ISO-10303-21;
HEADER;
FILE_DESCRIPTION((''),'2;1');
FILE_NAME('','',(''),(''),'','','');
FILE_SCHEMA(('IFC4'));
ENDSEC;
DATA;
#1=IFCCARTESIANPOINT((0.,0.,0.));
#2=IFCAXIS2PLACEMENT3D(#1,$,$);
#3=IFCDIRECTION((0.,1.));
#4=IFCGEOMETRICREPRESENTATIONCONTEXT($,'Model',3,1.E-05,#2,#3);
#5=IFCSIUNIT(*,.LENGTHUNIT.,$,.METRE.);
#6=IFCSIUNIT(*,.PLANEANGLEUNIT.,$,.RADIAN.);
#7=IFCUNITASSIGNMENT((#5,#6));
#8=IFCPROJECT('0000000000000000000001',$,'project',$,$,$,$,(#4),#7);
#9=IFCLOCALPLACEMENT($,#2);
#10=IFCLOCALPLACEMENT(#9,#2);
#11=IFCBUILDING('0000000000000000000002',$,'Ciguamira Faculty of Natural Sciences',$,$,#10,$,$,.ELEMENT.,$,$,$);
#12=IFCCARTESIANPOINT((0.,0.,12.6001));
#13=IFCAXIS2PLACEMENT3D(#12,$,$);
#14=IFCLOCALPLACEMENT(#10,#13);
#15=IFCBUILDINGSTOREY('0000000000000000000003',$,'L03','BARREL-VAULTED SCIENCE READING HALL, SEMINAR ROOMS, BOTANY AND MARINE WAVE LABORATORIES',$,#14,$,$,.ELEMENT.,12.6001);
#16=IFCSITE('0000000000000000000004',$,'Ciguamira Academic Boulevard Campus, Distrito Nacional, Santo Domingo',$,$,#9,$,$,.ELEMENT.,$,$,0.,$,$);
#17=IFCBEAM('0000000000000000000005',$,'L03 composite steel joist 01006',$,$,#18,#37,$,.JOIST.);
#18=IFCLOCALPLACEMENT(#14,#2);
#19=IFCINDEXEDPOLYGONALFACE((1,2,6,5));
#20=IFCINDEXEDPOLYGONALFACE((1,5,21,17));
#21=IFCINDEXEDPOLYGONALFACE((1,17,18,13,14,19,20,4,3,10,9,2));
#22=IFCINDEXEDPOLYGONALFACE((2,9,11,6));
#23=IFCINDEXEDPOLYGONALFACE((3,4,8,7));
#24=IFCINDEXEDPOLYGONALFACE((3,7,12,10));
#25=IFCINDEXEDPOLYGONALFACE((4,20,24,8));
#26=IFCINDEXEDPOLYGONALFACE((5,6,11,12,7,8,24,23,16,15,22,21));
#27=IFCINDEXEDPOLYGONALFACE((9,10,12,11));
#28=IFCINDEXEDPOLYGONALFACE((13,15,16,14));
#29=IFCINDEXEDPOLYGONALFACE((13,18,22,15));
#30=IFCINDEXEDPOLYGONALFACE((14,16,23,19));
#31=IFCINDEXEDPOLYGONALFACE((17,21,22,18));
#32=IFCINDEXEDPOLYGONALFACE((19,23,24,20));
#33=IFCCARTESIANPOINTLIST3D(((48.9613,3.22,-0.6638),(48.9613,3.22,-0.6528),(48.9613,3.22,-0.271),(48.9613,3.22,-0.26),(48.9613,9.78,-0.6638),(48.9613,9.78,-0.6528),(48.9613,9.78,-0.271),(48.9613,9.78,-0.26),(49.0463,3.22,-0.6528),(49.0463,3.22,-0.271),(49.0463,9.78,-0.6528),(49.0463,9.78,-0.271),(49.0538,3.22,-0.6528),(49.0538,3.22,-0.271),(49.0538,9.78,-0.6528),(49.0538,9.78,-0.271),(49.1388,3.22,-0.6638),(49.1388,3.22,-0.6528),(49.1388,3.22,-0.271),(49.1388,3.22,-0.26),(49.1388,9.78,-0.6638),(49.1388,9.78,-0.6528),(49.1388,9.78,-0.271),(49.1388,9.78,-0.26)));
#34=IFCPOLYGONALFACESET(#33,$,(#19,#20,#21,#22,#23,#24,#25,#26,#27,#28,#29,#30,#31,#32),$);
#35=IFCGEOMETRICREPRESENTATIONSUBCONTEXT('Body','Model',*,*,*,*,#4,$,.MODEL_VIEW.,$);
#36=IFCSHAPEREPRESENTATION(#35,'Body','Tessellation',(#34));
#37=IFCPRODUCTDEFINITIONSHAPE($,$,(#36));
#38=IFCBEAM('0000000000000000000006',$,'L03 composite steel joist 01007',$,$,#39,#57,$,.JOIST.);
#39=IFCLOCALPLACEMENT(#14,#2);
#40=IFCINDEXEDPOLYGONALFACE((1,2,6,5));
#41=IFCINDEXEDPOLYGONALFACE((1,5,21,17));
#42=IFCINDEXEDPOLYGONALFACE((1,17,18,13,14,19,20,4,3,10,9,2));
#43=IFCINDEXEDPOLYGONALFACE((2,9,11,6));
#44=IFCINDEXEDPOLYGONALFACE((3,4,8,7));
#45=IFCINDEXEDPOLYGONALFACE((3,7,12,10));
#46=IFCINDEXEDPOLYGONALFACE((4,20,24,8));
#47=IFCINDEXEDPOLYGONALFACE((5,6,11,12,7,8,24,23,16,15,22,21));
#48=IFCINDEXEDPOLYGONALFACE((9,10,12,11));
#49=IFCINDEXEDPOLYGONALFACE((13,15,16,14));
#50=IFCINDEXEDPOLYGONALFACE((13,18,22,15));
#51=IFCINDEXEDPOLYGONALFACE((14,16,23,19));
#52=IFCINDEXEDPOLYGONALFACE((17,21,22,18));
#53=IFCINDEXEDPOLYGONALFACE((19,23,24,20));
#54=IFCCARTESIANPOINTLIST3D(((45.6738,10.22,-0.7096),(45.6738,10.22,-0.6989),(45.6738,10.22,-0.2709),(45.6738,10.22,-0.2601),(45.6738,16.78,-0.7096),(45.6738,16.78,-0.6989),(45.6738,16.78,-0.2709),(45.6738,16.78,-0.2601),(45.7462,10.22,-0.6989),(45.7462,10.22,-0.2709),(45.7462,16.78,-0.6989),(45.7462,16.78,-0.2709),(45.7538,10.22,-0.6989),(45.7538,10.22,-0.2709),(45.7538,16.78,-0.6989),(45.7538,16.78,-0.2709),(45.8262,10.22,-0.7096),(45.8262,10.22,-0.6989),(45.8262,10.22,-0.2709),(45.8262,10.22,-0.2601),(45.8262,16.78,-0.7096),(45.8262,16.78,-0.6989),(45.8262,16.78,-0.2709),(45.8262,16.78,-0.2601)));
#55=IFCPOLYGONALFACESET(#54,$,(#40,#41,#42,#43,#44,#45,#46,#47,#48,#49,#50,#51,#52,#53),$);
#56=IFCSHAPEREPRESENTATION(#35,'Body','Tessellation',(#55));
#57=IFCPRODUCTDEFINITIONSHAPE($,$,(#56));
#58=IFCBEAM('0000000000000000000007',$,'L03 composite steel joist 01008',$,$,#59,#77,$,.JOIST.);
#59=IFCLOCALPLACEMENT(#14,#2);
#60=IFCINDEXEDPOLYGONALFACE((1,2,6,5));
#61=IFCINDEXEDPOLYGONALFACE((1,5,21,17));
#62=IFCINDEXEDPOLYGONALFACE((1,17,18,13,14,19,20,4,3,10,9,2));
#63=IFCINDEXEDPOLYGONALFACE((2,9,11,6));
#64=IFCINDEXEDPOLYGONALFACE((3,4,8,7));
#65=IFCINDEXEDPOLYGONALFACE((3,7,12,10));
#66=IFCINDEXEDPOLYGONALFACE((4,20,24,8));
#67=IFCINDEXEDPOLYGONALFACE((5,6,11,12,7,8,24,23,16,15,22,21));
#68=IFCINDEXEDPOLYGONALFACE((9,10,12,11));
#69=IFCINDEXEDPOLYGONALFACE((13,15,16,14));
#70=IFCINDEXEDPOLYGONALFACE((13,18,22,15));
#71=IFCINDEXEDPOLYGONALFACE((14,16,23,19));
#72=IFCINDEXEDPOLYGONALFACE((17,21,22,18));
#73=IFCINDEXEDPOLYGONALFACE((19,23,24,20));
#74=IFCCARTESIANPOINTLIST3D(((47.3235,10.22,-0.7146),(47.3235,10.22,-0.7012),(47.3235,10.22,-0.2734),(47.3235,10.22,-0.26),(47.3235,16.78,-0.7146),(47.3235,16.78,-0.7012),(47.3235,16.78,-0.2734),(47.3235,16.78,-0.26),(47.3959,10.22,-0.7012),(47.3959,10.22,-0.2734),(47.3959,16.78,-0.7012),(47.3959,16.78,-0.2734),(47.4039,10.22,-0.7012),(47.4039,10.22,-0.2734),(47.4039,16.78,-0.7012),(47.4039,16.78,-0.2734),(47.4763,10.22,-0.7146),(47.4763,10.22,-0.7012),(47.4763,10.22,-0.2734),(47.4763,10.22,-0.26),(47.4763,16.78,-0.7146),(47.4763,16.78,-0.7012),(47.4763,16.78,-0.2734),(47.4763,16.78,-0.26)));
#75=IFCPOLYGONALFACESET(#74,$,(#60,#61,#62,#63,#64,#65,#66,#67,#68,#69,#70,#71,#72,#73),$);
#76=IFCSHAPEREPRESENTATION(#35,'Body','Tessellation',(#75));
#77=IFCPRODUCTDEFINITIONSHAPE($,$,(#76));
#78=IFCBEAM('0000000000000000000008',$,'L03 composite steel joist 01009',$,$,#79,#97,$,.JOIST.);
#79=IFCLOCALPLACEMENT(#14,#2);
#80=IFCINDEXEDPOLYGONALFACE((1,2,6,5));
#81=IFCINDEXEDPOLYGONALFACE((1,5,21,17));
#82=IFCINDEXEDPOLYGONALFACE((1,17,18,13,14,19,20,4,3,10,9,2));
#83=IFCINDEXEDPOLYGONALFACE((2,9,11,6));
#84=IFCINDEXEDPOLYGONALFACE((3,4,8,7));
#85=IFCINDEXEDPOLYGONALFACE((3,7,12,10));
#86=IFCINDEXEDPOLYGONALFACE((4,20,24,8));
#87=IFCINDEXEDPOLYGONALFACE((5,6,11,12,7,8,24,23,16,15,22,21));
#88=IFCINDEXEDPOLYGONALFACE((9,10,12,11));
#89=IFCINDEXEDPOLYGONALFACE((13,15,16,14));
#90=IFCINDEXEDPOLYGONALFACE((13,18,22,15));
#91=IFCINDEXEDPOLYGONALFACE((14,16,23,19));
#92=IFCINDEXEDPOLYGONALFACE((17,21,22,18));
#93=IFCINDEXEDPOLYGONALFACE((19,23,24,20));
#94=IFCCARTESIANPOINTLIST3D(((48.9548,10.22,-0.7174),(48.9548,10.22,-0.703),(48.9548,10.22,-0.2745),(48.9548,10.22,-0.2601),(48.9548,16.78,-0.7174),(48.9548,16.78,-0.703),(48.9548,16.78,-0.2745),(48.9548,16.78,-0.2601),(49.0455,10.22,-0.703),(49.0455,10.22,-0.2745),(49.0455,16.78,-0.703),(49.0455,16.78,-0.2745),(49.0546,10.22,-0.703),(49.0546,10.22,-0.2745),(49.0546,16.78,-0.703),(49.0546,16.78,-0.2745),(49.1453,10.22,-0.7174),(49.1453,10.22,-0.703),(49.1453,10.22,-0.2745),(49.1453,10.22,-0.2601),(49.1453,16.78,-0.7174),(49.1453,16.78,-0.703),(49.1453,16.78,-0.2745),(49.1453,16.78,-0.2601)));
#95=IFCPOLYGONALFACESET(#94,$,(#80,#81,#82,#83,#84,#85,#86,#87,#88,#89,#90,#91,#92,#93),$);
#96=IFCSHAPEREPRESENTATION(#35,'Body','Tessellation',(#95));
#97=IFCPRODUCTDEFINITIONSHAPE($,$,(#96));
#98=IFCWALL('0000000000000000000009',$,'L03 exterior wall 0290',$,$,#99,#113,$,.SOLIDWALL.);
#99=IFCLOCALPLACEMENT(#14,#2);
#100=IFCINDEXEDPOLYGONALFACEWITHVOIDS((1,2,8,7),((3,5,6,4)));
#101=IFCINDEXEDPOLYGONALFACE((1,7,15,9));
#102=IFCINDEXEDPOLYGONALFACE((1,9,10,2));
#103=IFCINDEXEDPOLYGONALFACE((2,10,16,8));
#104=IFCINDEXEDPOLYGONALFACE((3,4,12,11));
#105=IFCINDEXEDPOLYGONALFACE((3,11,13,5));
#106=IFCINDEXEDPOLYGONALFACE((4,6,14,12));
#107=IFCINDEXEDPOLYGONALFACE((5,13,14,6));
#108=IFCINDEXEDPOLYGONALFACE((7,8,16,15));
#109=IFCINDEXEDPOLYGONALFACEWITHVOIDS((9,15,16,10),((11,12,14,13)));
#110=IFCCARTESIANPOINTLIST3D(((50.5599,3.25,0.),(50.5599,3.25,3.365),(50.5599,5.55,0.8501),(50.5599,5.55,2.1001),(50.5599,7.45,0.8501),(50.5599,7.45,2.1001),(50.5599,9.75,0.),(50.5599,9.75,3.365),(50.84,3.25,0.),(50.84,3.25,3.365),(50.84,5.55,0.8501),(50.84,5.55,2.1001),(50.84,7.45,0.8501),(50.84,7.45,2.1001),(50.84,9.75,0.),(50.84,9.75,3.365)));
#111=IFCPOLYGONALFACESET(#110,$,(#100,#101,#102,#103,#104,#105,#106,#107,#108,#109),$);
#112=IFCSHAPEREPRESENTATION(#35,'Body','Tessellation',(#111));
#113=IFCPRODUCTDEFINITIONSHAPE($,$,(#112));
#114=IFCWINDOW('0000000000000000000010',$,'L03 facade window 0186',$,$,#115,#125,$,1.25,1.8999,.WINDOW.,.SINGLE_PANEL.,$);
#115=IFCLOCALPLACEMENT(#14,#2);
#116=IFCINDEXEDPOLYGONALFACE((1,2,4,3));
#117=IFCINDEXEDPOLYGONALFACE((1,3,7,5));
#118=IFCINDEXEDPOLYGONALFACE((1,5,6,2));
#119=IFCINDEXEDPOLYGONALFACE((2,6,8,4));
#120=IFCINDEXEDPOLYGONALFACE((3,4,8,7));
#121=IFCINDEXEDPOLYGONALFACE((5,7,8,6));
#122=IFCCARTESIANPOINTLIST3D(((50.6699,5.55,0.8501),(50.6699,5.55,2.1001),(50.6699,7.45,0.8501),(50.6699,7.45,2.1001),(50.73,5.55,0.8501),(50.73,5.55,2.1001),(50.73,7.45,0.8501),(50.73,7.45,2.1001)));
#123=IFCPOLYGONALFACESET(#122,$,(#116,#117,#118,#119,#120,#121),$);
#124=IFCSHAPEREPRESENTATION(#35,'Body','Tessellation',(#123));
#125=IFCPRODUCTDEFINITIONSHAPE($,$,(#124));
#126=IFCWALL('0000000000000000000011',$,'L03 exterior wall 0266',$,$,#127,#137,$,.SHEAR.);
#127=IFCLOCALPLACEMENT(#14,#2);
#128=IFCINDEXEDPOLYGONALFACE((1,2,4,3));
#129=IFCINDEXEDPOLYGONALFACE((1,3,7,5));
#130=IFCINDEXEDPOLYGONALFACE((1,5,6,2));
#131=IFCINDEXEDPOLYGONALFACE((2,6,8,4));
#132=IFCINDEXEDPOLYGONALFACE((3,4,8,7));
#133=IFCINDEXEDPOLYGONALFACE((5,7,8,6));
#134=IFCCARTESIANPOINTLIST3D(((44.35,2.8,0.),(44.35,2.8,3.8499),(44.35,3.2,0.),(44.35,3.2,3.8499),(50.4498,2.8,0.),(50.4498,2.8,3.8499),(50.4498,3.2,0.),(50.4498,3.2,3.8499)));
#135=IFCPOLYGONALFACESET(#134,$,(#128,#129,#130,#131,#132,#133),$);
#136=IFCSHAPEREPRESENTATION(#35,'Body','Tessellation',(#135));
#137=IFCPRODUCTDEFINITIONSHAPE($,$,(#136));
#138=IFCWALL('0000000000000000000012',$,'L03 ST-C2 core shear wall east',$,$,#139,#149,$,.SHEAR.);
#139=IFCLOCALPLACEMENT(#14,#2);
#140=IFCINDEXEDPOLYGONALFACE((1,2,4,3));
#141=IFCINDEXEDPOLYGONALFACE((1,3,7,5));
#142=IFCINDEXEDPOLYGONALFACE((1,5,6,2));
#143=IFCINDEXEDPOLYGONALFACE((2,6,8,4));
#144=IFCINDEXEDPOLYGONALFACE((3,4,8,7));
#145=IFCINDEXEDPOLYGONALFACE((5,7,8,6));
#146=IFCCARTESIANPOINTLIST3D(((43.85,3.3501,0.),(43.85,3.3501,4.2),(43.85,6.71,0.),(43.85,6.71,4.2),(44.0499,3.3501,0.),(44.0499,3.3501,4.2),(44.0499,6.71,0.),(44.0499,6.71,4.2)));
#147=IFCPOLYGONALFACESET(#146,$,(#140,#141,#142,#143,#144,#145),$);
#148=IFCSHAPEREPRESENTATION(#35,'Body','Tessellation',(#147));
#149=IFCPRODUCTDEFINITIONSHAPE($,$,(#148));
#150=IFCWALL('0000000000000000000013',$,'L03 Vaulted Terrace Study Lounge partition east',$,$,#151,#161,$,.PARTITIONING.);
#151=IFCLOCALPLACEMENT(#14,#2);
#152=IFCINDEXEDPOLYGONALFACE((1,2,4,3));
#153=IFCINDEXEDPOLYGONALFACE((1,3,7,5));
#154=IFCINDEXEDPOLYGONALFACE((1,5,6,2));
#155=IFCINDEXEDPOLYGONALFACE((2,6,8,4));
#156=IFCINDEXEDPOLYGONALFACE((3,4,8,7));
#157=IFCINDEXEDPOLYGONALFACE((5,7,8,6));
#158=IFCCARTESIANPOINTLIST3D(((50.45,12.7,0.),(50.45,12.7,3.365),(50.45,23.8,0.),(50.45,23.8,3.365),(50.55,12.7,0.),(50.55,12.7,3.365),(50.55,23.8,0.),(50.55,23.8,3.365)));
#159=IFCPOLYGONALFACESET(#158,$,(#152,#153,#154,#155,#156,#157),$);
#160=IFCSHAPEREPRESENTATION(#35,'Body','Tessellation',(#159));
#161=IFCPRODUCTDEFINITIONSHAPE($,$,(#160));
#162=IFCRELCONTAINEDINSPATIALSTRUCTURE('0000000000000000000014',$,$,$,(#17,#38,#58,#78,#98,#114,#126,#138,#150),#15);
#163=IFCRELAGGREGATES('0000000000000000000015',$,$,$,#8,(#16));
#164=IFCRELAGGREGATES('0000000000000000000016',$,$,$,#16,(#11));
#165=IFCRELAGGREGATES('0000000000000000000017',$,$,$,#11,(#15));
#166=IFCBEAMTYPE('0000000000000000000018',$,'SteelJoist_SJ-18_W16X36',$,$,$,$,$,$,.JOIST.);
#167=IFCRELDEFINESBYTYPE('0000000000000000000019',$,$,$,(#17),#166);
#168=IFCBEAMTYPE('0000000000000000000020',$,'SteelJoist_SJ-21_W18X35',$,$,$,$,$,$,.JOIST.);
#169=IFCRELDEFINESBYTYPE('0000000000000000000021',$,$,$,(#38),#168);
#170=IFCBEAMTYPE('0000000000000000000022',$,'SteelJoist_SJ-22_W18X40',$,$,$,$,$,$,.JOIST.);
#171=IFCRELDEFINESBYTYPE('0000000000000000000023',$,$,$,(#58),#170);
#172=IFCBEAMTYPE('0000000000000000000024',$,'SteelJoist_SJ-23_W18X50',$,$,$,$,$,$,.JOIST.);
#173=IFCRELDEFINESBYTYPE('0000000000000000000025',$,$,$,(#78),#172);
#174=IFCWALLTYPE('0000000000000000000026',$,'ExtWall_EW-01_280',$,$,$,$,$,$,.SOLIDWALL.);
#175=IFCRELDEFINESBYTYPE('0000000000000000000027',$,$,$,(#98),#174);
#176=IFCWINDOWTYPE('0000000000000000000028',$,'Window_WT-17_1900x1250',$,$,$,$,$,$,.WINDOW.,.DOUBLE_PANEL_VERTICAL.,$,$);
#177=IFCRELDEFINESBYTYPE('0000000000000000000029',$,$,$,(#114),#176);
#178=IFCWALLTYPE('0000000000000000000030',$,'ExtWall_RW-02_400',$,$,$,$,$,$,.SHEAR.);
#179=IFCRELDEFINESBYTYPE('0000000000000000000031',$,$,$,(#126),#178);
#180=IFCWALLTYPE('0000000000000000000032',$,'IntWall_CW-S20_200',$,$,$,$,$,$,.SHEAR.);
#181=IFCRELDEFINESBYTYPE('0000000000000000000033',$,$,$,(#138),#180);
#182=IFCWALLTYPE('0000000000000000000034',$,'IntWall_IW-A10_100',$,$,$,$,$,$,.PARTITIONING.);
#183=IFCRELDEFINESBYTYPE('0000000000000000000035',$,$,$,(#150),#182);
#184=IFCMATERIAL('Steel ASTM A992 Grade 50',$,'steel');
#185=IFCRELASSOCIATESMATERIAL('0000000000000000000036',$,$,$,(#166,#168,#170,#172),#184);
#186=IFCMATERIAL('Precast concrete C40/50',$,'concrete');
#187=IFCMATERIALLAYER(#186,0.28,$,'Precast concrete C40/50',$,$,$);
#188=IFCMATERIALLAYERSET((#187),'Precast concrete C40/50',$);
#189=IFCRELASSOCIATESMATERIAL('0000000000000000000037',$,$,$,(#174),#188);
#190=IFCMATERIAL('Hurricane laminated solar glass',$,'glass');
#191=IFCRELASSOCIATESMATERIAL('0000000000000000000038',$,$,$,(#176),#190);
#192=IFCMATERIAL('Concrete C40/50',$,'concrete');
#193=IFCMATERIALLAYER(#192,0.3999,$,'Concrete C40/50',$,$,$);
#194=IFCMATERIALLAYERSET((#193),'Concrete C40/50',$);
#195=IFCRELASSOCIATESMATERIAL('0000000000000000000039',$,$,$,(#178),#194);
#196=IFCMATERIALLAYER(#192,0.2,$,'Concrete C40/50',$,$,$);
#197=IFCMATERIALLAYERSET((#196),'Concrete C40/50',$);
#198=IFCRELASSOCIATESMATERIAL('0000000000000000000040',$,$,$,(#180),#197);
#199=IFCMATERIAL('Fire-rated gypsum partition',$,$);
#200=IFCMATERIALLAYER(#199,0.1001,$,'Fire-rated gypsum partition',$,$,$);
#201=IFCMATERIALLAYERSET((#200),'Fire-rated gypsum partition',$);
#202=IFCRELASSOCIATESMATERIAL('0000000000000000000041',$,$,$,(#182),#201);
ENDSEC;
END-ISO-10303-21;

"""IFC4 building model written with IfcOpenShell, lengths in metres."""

from ifc_helpers import new_model, si_unit, direction, frame, frame_2d, origin, origin_2d, place, context, subcontext, project, spatial, rectangle, i_section, extrude, material, layer, layer_set, material_profile, profile_set, type_object, element, fill, save


model = new_model("IFC4")

# Units and contexts
model_context = context("Model", 3, precision=1e-05, world=origin(), true_north=direction((0.0, 1.0)))
body_context = subcontext(model_context, "Body", "Model", "MODEL_VIEW")
ifc_project = project(units=[si_unit("LENGTHUNIT", "METRE"), si_unit("PLANEANGLEUNIT", "RADIAN")], contexts=[model_context])

# Site, building, storey
site_placement = place(None, origin())
site = spatial("IfcSite", under=ifc_project, at=site_placement, Name="Ciguamira Academic Boulevard Campus, Distrito Nacional, Santo Domingo", CompositionType="ELEMENT", RefElevation=0.0)
building_placement = place(site_placement, origin())
building = spatial("IfcBuilding", under=site, at=building_placement, Name="Ciguamira Faculty of Natural Sciences", CompositionType="ELEMENT")
storey_placement = place(building_placement, frame((0.0, 0.0, 12.6001)))
storey = spatial("IfcBuildingStorey", under=building, at=storey_placement, Name="L03", Description="BARREL-VAULTED SCIENCE READING HALL, SEMINAR ROOMS, BOTANY AND MARINE WAVE LABORATORIES", CompositionType="ELEMENT", Elevation=12.6001)

# Shared definitions
ifc_material_1 = material(Name="Concrete C40/50", Category="concrete")

# Beams
ifc_material_2 = material(Name="Precast concrete C40/50", Category="concrete")
ifc_material_3 = material(Name="Steel ASTM A992 Grade 50", Category="steel")
ifc_material_profile_1 = material_profile(ifc_material_3, i_section(OverallWidth=0.1775, OverallDepth=0.4038, WebThickness=0.0076, FlangeThickness=0.011, at=origin_2d()), Name="W16X36")
ifc_profile_set_1 = profile_set([ifc_material_profile_1], Name="Steel ASTM A992 Grade 50")
beam_type_1 = type_object("IfcBeamType", Name="SteelJoist_SJ-18_W16X36", PredefinedType="JOIST", material=ifc_profile_set_1)
beam_1_placement = place(storey_placement, frame((49.05, 3.22, -0.4619), z_axis=(0.0, 1.0, 0.0), x_axis=(-1.0, 0.0, 0.0)))
element("IfcBeam", 1, at=beam_1_placement, inside=storey, type_object=beam_type_1, Name="L03 composite steel joist 01006", PredefinedType="JOIST", context=body_context, shape_type="SweptSolid", body=[
    extrude(i_section(OverallWidth=0.1775, OverallDepth=0.4038, WebThickness=0.0076, FlangeThickness=0.011, at=origin_2d()), origin(), (0.0, 0.0, 1.0), 6.5601),
])
ifc_material_profile_2 = material_profile(ifc_material_3, i_section(OverallWidth=0.1523, OverallDepth=0.4495, WebThickness=0.0076, FlangeThickness=0.0107, at=origin_2d()), Name="W18X35")
ifc_profile_set_2 = profile_set([ifc_material_profile_2], Name="Steel ASTM A992 Grade 50")
beam_type_2 = type_object("IfcBeamType", Name="SteelJoist_SJ-21_W18X35", PredefinedType="JOIST", material=ifc_profile_set_2)
beam_2_placement = place(storey_placement, frame((45.75, 10.22, -0.4849), z_axis=(0.0, 1.0, 0.0), x_axis=(-1.0, 0.0, 0.0)))
element("IfcBeam", 2, at=beam_2_placement, inside=storey, type_object=beam_type_2, Name="L03 composite steel joist 01007", PredefinedType="JOIST", context=body_context, shape_type="SweptSolid", body=[
    extrude(i_section(OverallWidth=0.1523, OverallDepth=0.4495, WebThickness=0.0076, FlangeThickness=0.0107, at=origin_2d()), origin(), (0.0, 0.0, 1.0), 6.5601),
])
ifc_material_profile_3 = material_profile(ifc_material_3, i_section(OverallWidth=0.1528, OverallDepth=0.4546, WebThickness=0.0081, FlangeThickness=0.0134, at=origin_2d()), Name="W18X40")
ifc_profile_set_3 = profile_set([ifc_material_profile_3], Name="Steel ASTM A992 Grade 50")
beam_type_3 = type_object("IfcBeamType", Name="SteelJoist_SJ-22_W18X40", PredefinedType="JOIST", material=ifc_profile_set_3)
beam_3_placement = place(storey_placement, frame((47.3999, 10.22, -0.4873), z_axis=(0.0, 1.0, 0.0), x_axis=(-1.0, 0.0, 0.0)))
element("IfcBeam", 3, at=beam_3_placement, inside=storey, type_object=beam_type_3, Name="L03 composite steel joist 01008", PredefinedType="JOIST", context=body_context, shape_type="SweptSolid", body=[
    extrude(i_section(OverallWidth=0.1528, OverallDepth=0.4546, WebThickness=0.0081, FlangeThickness=0.0134, at=origin_2d()), origin(), (0.0, 0.0, 1.0), 6.5601),
])
ifc_material_profile_4 = material_profile(ifc_material_3, i_section(OverallWidth=0.1904, OverallDepth=0.4573, WebThickness=0.009, FlangeThickness=0.0144, at=origin_2d()), Name="W18X50")
ifc_profile_set_4 = profile_set([ifc_material_profile_4], Name="Steel ASTM A992 Grade 50")
beam_type_4 = type_object("IfcBeamType", Name="SteelJoist_SJ-23_W18X50", PredefinedType="JOIST", material=ifc_profile_set_4)
beam_4_placement = place(storey_placement, frame((49.05, 10.22, -0.4888), z_axis=(0.0, 1.0, 0.0), x_axis=(-1.0, 0.0, 0.0)))
element("IfcBeam", 4, at=beam_4_placement, inside=storey, type_object=beam_type_4, Name="L03 composite steel joist 01009", PredefinedType="JOIST", context=body_context, shape_type="SweptSolid", body=[
    extrude(i_section(OverallWidth=0.1904, OverallDepth=0.4573, WebThickness=0.009, FlangeThickness=0.0144, at=origin_2d()), origin(), (0.0, 0.0, 1.0), 6.5601),
])

# Wall, opening, window
ifc_layer_1 = layer(ifc_material_2, 0.28, Name="Precast concrete C40/50")
ifc_layer_set_1 = layer_set([ifc_layer_1], Name="Precast concrete C40/50")
wall_type_1 = type_object("IfcWallType", Name="ExtWall_EW-01_280", PredefinedType="SOLIDWALL", material=ifc_layer_set_1)
wall_1_placement = place(storey_placement, frame((50.7, 3.25, 0.0), z_axis=(0.0, 0.0, 1.0), x_axis=(0.0, 1.0, 0.0)))
wall_1 = element("IfcWall", 5, at=wall_1_placement, inside=storey, type_object=wall_type_1, Name="L03 exterior wall 0290", PredefinedType="SOLIDWALL", context=body_context, shape_type="SweptSolid", body=[
    extrude(rectangle(XDim=6.5, YDim=0.28, at=frame_2d((3.25, 0.0))), origin(), (0.0, 0.0, 1.0), 3.365),
])
opening_placement = place(wall_1_placement, frame((2.3, 0.0, 0.8501)))
opening = element("IfcOpeningElement", 6, at=opening_placement, cuts=wall_1, PredefinedType="OPENING", context=body_context, shape_type="SweptSolid", body=[
    extrude(rectangle(XDim=1.8999, YDim=1.25, at=frame_2d((0.95, 0.625))), frame((0.0, 0.1499, 0.0), z_axis=(0.0, -1.0, 0.0), x_axis=(1.0, 0.0, 0.0)), (0.0, 0.0, 1.0), 0.3),
])
ifc_material_4 = material(Name="Hurricane laminated solar glass", Category="glass")
window_type = type_object("IfcWindowType", Name="Window_WT-17_1900x1250", PartitioningType="DOUBLE_PANEL_VERTICAL", PredefinedType="WINDOW", material=ifc_material_4)
window_placement = place(opening_placement, origin())
window = element("IfcWindow", 7, at=window_placement, inside=storey, type_object=window_type, Name="L03 facade window 0186", OverallHeight=1.25, OverallWidth=1.8999, PartitioningType="SINGLE_PANEL", PredefinedType="WINDOW", context=body_context, shape_type="SweptSolid", body=[
    extrude(rectangle(XDim=1.8999, YDim=1.25, at=frame_2d((0.95, 0.625))), frame((0.0, 0.03, 0.0), z_axis=(0.0, -1.0, 0.0), x_axis=(1.0, 0.0, 0.0)), (0.0, 0.0, 1.0), 0.0601),
])
fill(opening, window)

# Walls
ifc_layer_2 = layer(ifc_material_1, 0.3999, Name="Concrete C40/50")
ifc_layer_set_2 = layer_set([ifc_layer_2], Name="Concrete C40/50")
wall_type_2 = type_object("IfcWallType", Name="ExtWall_RW-02_400", PredefinedType="SHEAR", material=ifc_layer_set_2)
wall_2_placement = place(storey_placement, frame((44.3501, 3.0, 0.0), z_axis=(0.0, 0.0, 1.0), x_axis=(1.0, 0.0, 0.0)))
element("IfcWall", 8, at=wall_2_placement, inside=storey, type_object=wall_type_2, Name="L03 exterior wall 0266", PredefinedType="SHEAR", context=body_context, shape_type="SweptSolid", body=[
    extrude(rectangle(XDim=6.0999, YDim=0.3999, at=frame_2d((3.0498, 0.0))), origin(), (0.0, 0.0, 1.0), 3.8499),
])
ifc_layer_3 = layer(ifc_material_1, 0.2, Name="Concrete C40/50")
ifc_layer_set_3 = layer_set([ifc_layer_3], Name="Concrete C40/50")
wall_type_3 = type_object("IfcWallType", Name="IntWall_CW-S20_200", PredefinedType="SHEAR", material=ifc_layer_set_3)
wall_3_placement = place(storey_placement, frame((43.95, 3.3501, 0.0), z_axis=(0.0, 0.0, 1.0), x_axis=(0.0, 1.0, 0.0)))
element("IfcWall", 9, at=wall_3_placement, inside=storey, type_object=wall_type_3, Name="L03 ST-C2 core shear wall east", PredefinedType="SHEAR", context=body_context, shape_type="SweptSolid", body=[
    extrude(rectangle(XDim=3.3599, YDim=0.2, at=frame_2d((1.6799, 0.0))), origin(), (0.0, 0.0, 1.0), 4.2),
])
ifc_material_5 = material(Name="Fire-rated gypsum partition")
ifc_layer_4 = layer(ifc_material_5, 0.1001, Name="Fire-rated gypsum partition")
ifc_layer_set_4 = layer_set([ifc_layer_4], Name="Fire-rated gypsum partition")
wall_type_4 = type_object("IfcWallType", Name="IntWall_IW-A10_100", PredefinedType="PARTITIONING", material=ifc_layer_set_4)
wall_4_placement = place(storey_placement, frame((50.5, 12.7, 0.0), z_axis=(0.0, 0.0, 1.0), x_axis=(0.0, 1.0, 0.0)))
element("IfcWall", 10, at=wall_4_placement, inside=storey, type_object=wall_type_4, Name="L03 Vaulted Terrace Study Lounge partition east", PredefinedType="PARTITIONING", context=body_context, shape_type="SweptSolid", body=[
    extrude(rectangle(XDim=11.1001, YDim=0.1001, at=frame_2d((5.55, 0.0))), origin(), (0.0, 0.0, 1.0), 3.365),
])

save(model, "model.ifc")
